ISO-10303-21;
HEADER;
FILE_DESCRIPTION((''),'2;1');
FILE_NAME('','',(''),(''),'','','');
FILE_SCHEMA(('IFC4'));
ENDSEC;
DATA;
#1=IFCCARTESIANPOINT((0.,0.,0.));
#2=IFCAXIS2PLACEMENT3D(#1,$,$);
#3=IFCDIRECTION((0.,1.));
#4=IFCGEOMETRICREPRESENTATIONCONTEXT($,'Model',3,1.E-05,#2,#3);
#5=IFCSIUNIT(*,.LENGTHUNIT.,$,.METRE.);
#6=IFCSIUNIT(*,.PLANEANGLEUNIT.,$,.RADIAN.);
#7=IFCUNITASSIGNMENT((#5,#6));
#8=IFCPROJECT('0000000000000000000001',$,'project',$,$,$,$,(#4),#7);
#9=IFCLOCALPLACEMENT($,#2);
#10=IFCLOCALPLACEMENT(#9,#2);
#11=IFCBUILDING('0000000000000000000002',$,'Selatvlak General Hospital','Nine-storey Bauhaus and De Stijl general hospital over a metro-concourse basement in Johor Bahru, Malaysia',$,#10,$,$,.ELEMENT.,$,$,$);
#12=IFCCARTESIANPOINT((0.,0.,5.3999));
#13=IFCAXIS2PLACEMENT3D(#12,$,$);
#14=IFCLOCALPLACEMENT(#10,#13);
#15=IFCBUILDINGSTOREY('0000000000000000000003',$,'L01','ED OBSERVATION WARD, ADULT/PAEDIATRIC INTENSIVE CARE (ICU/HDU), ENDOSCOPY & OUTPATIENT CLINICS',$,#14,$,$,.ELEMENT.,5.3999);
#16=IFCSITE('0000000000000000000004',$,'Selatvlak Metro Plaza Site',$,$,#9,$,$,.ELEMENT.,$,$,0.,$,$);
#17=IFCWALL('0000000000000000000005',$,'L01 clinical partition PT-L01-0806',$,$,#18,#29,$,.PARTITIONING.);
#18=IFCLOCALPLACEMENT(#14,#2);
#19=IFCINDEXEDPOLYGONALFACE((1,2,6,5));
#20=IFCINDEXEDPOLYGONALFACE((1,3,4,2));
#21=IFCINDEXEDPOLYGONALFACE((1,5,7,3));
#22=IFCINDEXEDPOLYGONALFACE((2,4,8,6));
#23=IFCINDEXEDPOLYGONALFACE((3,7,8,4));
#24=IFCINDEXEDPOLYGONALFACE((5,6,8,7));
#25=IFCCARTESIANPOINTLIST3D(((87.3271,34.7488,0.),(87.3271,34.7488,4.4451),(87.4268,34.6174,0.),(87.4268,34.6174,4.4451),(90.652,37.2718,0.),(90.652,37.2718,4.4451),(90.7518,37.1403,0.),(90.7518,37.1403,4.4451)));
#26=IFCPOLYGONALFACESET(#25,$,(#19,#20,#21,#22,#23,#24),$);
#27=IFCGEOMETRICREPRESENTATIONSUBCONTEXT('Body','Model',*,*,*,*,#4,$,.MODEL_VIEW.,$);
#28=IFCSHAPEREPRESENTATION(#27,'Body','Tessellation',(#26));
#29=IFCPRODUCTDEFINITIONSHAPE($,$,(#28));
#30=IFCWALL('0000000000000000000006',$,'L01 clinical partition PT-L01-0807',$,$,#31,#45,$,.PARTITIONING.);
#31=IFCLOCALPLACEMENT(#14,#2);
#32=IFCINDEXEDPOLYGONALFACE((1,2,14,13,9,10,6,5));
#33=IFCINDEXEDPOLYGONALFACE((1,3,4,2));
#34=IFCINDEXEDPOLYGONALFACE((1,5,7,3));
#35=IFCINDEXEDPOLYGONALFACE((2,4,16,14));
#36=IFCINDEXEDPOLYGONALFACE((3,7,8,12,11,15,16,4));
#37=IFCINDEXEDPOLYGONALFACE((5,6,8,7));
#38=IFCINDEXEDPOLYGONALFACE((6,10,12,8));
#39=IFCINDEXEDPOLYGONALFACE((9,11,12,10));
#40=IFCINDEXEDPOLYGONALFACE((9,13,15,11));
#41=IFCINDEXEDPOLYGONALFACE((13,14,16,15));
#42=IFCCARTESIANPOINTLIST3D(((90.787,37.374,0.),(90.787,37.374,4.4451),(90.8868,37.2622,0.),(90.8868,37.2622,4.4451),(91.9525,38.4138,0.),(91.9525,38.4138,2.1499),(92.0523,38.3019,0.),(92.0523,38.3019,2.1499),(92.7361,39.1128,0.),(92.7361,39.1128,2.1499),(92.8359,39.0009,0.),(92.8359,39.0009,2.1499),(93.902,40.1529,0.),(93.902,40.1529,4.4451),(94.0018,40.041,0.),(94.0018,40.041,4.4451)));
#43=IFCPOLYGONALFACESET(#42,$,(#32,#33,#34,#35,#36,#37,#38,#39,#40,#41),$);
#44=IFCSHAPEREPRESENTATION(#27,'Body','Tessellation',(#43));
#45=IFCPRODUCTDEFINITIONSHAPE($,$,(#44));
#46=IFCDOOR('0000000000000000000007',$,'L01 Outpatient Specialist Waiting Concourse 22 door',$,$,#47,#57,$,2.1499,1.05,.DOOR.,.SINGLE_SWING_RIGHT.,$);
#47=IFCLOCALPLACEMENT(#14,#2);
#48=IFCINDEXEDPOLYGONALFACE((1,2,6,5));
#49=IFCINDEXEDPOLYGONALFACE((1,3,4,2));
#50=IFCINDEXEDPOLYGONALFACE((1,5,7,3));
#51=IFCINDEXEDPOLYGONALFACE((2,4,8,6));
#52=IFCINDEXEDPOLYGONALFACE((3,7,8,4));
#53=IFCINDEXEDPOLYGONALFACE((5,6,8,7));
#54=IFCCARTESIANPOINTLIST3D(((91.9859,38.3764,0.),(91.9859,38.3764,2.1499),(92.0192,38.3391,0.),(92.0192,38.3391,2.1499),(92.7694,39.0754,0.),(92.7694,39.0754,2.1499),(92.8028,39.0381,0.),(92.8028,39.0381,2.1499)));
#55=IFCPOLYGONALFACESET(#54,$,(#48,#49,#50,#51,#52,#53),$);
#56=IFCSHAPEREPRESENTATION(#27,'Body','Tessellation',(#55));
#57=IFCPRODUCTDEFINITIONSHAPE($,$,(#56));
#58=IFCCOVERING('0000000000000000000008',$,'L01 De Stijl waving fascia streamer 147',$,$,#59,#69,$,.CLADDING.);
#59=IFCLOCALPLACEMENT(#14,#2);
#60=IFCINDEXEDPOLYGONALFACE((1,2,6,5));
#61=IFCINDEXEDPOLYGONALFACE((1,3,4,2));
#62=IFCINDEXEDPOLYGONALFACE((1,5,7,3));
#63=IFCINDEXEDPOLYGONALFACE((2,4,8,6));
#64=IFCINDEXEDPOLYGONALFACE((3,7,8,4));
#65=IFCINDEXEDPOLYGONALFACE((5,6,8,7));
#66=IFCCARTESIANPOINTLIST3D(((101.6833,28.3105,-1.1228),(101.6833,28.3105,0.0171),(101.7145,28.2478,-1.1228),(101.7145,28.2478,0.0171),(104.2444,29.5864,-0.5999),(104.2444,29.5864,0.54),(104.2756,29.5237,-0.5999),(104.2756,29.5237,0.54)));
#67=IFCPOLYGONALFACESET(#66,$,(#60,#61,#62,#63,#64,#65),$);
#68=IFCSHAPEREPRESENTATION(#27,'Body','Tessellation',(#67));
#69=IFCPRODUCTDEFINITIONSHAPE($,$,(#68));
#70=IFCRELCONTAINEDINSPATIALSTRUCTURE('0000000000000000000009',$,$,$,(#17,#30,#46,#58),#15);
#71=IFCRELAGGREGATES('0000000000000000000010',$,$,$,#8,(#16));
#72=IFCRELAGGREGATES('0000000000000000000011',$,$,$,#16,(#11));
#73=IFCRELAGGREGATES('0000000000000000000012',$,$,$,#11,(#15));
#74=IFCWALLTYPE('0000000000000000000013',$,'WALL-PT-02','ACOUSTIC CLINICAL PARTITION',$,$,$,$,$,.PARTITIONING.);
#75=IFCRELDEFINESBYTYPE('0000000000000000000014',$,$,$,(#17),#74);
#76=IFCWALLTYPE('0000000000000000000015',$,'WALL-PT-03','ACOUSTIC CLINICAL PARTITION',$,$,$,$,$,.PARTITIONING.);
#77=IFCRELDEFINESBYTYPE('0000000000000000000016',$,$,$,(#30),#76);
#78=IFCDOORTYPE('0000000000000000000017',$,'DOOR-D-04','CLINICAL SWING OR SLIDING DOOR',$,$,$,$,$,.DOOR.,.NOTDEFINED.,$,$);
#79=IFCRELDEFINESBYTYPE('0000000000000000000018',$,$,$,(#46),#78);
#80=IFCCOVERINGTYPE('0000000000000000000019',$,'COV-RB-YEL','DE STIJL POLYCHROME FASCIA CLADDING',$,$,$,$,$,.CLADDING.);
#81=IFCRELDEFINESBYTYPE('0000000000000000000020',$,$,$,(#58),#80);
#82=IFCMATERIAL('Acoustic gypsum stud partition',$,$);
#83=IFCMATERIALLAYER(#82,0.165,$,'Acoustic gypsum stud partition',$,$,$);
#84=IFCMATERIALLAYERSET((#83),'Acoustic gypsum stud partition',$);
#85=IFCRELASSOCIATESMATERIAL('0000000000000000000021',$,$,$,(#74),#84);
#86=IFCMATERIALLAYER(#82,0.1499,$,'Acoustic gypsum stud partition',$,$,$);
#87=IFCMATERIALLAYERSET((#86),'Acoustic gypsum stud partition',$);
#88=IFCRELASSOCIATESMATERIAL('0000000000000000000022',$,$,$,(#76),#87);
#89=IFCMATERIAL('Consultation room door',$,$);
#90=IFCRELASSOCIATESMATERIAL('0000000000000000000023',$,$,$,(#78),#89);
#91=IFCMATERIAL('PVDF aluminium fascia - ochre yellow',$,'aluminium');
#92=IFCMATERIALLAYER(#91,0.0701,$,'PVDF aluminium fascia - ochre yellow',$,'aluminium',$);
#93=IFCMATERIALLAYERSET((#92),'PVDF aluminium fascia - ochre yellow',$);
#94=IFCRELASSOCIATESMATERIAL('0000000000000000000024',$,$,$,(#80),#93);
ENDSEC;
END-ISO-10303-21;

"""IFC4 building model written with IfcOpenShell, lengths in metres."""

from ifc_helpers import new_model, si_unit, direction, frame, frame_2d, origin, place, context, subcontext, project, spatial, polyline, rectangle, outline, extrude, material, layer, layer_set, type_object, element, fill, save


model = new_model("IFC4")

# Units and contexts
model_context = context("Model", 3, precision=1e-05, world=origin(), true_north=direction((0.0, 1.0)))
body_context = subcontext(model_context, "Body", "Model", "MODEL_VIEW")
ifc_project = project(units=[si_unit("LENGTHUNIT", "METRE"), si_unit("PLANEANGLEUNIT", "RADIAN")], contexts=[model_context])

# Site, building, storey
site_placement = place(None, origin())
site = spatial("IfcSite", under=ifc_project, at=site_placement, Name="Selatvlak Metro Plaza Site", CompositionType="ELEMENT", RefElevation=0.0)
building_placement = place(site_placement, origin())
building = spatial("IfcBuilding", under=site, at=building_placement, Name="Selatvlak General Hospital", Description="Nine-storey Bauhaus and De Stijl general hospital over a metro-concourse basement in Johor Bahru, Malaysia", CompositionType="ELEMENT")
storey_placement = place(building_placement, frame((0.0, 0.0, 5.3999)))
storey = spatial("IfcBuildingStorey", under=building, at=storey_placement, Name="L01", Description="ED OBSERVATION WARD, ADULT/PAEDIATRIC INTENSIVE CARE (ICU/HDU), ENDOSCOPY & OUTPATIENT CLINICS", CompositionType="ELEMENT", Elevation=5.3999)

# Wall
ifc_material_1 = material(Name="Acoustic gypsum stud partition")
ifc_layer_1 = layer(ifc_material_1, 0.165, Name="Acoustic gypsum stud partition")
ifc_layer_set_1 = layer_set([ifc_layer_1], Name="Acoustic gypsum stud partition")
wall_type_1 = type_object("IfcWallType", Name="WALL-PT-02", Description="ACOUSTIC CLINICAL PARTITION", PredefinedType="PARTITIONING", material=ifc_layer_set_1)
wall_1_placement = place(storey_placement, frame((87.377, 34.6831, 0.0), z_axis=(0.0, 0.0, 1.0), x_axis=(0.796625, 0.604474, 0.0)))
element("IfcWall", 1, at=wall_1_placement, inside=storey, type_object=wall_type_1, Name="L01 clinical partition PT-L01-0806", PredefinedType="PARTITIONING", context=body_context, shape_type="SweptSolid", body=[
    extrude(rectangle(XDim=4.1738, YDim=0.165, at=frame_2d((2.0869, 0.0))), origin(), (0.0, 0.0, 1.0), 4.4451),
])

# Wall, opening, door
ifc_layer_2 = layer(ifc_material_1, 0.1499, Name="Acoustic gypsum stud partition")
ifc_layer_set_2 = layer_set([ifc_layer_2], Name="Acoustic gypsum stud partition")
wall_type_2 = type_object("IfcWallType", Name="WALL-PT-03", Description="ACOUSTIC CLINICAL PARTITION", PredefinedType="PARTITIONING", material=ifc_layer_set_2)
wall_2_placement = place(storey_placement, frame((90.8369, 37.3181, 0.0), z_axis=(0.0, 0.0, 1.0), x_axis=(0.746227, 0.665691, 0.0)))
wall_2 = element("IfcWall", 2, at=wall_2_placement, inside=storey, type_object=wall_type_2, Name="L01 clinical partition PT-L01-0807", PredefinedType="PARTITIONING", context=body_context, shape_type="SweptSolid", body=[
    extrude(rectangle(XDim=4.1743, YDim=0.1499, at=frame_2d((2.0872, 0.0))), origin(), (0.0, 0.0, 1.0), 4.4451),
])
opening_1_placement = place(wall_2_placement, frame((1.562, 0.0, 0.0)))
opening_1 = element("IfcOpeningElement", 3, at=opening_1_placement, cuts=wall_2, PredefinedType="OPENING", context=body_context, shape_type="SweptSolid", body=[
    extrude(rectangle(XDim=1.05, YDim=2.1499, at=frame_2d((0.5249, 1.075))), frame((0.0, 0.085, 0.0), z_axis=(0.0, -1.0, 0.0), x_axis=(1.0, 0.0, 0.0)), (0.0, 0.0, 1.0), 0.1699),
])
ifc_material_2 = material(Name="Consultation room door")
door_type_1 = type_object("IfcDoorType", Name="DOOR-D-04", Description="CLINICAL SWING OR SLIDING DOOR", OperationType="NOTDEFINED", PredefinedType="DOOR", material=ifc_material_2)
door_1_placement = place(opening_1_placement, origin())
door_1 = element("IfcDoor", 4, at=door_1_placement, inside=storey, type_object=door_type_1, Name="L01 Outpatient Specialist Waiting Concourse 22 door", OperationType="SINGLE_SWING_RIGHT", OverallHeight=2.1499, OverallWidth=1.05, PredefinedType="DOOR", context=body_context, shape_type="SweptSolid", body=[
    extrude(rectangle(XDim=1.05, YDim=2.1499, at=frame_2d((0.5249, 1.075))), frame((0.0, 0.0249, 0.0), z_axis=(0.0, -1.0, 0.0), x_axis=(1.0, 0.0, 0.0)), (0.0, 0.0, 1.0), 0.05),
])
fill(opening_1, door_1)

# Covering
ifc_material_3 = material(Name="PVDF aluminium fascia - ochre yellow", Category="aluminium")
ifc_layer_3 = layer(ifc_material_3, 0.0701, Name="PVDF aluminium fascia - ochre yellow", Category="aluminium")
ifc_layer_set_3 = layer_set([ifc_layer_3], Name="PVDF aluminium fascia - ochre yellow")
covering_type = type_object("IfcCoveringType", Name="COV-RB-YEL", Description="DE STIJL POLYCHROME FASCIA CLADDING", PredefinedType="CLADDING", material=ifc_layer_set_3)
covering_placement = place(storey_placement, frame((101.699, 28.2791, -1.1228), z_axis=(0.0, 0.0, 1.0), x_axis=(0.895075, 0.445916, 0.0)))
element("IfcCovering", 5, at=covering_placement, inside=storey, type_object=covering_type, Name="L01 De Stijl waving fascia streamer 147", PredefinedType="CLADDING", context=body_context, shape_type="SweptSolid", body=[
    extrude(outline(polyline([(0.0, 0.0), (2.8613, 0.5229), (2.8613, 1.6628), (0.0, 1.1399), (0.0, 0.0)])), frame((0.0, 0.0352, 0.0), z_axis=(0.0, -1.0, 0.0), x_axis=(1.0, 0.0, 0.0)), (0.0, 0.0, 1.0), 0.0701),
])

save(model, "model.ifc")
